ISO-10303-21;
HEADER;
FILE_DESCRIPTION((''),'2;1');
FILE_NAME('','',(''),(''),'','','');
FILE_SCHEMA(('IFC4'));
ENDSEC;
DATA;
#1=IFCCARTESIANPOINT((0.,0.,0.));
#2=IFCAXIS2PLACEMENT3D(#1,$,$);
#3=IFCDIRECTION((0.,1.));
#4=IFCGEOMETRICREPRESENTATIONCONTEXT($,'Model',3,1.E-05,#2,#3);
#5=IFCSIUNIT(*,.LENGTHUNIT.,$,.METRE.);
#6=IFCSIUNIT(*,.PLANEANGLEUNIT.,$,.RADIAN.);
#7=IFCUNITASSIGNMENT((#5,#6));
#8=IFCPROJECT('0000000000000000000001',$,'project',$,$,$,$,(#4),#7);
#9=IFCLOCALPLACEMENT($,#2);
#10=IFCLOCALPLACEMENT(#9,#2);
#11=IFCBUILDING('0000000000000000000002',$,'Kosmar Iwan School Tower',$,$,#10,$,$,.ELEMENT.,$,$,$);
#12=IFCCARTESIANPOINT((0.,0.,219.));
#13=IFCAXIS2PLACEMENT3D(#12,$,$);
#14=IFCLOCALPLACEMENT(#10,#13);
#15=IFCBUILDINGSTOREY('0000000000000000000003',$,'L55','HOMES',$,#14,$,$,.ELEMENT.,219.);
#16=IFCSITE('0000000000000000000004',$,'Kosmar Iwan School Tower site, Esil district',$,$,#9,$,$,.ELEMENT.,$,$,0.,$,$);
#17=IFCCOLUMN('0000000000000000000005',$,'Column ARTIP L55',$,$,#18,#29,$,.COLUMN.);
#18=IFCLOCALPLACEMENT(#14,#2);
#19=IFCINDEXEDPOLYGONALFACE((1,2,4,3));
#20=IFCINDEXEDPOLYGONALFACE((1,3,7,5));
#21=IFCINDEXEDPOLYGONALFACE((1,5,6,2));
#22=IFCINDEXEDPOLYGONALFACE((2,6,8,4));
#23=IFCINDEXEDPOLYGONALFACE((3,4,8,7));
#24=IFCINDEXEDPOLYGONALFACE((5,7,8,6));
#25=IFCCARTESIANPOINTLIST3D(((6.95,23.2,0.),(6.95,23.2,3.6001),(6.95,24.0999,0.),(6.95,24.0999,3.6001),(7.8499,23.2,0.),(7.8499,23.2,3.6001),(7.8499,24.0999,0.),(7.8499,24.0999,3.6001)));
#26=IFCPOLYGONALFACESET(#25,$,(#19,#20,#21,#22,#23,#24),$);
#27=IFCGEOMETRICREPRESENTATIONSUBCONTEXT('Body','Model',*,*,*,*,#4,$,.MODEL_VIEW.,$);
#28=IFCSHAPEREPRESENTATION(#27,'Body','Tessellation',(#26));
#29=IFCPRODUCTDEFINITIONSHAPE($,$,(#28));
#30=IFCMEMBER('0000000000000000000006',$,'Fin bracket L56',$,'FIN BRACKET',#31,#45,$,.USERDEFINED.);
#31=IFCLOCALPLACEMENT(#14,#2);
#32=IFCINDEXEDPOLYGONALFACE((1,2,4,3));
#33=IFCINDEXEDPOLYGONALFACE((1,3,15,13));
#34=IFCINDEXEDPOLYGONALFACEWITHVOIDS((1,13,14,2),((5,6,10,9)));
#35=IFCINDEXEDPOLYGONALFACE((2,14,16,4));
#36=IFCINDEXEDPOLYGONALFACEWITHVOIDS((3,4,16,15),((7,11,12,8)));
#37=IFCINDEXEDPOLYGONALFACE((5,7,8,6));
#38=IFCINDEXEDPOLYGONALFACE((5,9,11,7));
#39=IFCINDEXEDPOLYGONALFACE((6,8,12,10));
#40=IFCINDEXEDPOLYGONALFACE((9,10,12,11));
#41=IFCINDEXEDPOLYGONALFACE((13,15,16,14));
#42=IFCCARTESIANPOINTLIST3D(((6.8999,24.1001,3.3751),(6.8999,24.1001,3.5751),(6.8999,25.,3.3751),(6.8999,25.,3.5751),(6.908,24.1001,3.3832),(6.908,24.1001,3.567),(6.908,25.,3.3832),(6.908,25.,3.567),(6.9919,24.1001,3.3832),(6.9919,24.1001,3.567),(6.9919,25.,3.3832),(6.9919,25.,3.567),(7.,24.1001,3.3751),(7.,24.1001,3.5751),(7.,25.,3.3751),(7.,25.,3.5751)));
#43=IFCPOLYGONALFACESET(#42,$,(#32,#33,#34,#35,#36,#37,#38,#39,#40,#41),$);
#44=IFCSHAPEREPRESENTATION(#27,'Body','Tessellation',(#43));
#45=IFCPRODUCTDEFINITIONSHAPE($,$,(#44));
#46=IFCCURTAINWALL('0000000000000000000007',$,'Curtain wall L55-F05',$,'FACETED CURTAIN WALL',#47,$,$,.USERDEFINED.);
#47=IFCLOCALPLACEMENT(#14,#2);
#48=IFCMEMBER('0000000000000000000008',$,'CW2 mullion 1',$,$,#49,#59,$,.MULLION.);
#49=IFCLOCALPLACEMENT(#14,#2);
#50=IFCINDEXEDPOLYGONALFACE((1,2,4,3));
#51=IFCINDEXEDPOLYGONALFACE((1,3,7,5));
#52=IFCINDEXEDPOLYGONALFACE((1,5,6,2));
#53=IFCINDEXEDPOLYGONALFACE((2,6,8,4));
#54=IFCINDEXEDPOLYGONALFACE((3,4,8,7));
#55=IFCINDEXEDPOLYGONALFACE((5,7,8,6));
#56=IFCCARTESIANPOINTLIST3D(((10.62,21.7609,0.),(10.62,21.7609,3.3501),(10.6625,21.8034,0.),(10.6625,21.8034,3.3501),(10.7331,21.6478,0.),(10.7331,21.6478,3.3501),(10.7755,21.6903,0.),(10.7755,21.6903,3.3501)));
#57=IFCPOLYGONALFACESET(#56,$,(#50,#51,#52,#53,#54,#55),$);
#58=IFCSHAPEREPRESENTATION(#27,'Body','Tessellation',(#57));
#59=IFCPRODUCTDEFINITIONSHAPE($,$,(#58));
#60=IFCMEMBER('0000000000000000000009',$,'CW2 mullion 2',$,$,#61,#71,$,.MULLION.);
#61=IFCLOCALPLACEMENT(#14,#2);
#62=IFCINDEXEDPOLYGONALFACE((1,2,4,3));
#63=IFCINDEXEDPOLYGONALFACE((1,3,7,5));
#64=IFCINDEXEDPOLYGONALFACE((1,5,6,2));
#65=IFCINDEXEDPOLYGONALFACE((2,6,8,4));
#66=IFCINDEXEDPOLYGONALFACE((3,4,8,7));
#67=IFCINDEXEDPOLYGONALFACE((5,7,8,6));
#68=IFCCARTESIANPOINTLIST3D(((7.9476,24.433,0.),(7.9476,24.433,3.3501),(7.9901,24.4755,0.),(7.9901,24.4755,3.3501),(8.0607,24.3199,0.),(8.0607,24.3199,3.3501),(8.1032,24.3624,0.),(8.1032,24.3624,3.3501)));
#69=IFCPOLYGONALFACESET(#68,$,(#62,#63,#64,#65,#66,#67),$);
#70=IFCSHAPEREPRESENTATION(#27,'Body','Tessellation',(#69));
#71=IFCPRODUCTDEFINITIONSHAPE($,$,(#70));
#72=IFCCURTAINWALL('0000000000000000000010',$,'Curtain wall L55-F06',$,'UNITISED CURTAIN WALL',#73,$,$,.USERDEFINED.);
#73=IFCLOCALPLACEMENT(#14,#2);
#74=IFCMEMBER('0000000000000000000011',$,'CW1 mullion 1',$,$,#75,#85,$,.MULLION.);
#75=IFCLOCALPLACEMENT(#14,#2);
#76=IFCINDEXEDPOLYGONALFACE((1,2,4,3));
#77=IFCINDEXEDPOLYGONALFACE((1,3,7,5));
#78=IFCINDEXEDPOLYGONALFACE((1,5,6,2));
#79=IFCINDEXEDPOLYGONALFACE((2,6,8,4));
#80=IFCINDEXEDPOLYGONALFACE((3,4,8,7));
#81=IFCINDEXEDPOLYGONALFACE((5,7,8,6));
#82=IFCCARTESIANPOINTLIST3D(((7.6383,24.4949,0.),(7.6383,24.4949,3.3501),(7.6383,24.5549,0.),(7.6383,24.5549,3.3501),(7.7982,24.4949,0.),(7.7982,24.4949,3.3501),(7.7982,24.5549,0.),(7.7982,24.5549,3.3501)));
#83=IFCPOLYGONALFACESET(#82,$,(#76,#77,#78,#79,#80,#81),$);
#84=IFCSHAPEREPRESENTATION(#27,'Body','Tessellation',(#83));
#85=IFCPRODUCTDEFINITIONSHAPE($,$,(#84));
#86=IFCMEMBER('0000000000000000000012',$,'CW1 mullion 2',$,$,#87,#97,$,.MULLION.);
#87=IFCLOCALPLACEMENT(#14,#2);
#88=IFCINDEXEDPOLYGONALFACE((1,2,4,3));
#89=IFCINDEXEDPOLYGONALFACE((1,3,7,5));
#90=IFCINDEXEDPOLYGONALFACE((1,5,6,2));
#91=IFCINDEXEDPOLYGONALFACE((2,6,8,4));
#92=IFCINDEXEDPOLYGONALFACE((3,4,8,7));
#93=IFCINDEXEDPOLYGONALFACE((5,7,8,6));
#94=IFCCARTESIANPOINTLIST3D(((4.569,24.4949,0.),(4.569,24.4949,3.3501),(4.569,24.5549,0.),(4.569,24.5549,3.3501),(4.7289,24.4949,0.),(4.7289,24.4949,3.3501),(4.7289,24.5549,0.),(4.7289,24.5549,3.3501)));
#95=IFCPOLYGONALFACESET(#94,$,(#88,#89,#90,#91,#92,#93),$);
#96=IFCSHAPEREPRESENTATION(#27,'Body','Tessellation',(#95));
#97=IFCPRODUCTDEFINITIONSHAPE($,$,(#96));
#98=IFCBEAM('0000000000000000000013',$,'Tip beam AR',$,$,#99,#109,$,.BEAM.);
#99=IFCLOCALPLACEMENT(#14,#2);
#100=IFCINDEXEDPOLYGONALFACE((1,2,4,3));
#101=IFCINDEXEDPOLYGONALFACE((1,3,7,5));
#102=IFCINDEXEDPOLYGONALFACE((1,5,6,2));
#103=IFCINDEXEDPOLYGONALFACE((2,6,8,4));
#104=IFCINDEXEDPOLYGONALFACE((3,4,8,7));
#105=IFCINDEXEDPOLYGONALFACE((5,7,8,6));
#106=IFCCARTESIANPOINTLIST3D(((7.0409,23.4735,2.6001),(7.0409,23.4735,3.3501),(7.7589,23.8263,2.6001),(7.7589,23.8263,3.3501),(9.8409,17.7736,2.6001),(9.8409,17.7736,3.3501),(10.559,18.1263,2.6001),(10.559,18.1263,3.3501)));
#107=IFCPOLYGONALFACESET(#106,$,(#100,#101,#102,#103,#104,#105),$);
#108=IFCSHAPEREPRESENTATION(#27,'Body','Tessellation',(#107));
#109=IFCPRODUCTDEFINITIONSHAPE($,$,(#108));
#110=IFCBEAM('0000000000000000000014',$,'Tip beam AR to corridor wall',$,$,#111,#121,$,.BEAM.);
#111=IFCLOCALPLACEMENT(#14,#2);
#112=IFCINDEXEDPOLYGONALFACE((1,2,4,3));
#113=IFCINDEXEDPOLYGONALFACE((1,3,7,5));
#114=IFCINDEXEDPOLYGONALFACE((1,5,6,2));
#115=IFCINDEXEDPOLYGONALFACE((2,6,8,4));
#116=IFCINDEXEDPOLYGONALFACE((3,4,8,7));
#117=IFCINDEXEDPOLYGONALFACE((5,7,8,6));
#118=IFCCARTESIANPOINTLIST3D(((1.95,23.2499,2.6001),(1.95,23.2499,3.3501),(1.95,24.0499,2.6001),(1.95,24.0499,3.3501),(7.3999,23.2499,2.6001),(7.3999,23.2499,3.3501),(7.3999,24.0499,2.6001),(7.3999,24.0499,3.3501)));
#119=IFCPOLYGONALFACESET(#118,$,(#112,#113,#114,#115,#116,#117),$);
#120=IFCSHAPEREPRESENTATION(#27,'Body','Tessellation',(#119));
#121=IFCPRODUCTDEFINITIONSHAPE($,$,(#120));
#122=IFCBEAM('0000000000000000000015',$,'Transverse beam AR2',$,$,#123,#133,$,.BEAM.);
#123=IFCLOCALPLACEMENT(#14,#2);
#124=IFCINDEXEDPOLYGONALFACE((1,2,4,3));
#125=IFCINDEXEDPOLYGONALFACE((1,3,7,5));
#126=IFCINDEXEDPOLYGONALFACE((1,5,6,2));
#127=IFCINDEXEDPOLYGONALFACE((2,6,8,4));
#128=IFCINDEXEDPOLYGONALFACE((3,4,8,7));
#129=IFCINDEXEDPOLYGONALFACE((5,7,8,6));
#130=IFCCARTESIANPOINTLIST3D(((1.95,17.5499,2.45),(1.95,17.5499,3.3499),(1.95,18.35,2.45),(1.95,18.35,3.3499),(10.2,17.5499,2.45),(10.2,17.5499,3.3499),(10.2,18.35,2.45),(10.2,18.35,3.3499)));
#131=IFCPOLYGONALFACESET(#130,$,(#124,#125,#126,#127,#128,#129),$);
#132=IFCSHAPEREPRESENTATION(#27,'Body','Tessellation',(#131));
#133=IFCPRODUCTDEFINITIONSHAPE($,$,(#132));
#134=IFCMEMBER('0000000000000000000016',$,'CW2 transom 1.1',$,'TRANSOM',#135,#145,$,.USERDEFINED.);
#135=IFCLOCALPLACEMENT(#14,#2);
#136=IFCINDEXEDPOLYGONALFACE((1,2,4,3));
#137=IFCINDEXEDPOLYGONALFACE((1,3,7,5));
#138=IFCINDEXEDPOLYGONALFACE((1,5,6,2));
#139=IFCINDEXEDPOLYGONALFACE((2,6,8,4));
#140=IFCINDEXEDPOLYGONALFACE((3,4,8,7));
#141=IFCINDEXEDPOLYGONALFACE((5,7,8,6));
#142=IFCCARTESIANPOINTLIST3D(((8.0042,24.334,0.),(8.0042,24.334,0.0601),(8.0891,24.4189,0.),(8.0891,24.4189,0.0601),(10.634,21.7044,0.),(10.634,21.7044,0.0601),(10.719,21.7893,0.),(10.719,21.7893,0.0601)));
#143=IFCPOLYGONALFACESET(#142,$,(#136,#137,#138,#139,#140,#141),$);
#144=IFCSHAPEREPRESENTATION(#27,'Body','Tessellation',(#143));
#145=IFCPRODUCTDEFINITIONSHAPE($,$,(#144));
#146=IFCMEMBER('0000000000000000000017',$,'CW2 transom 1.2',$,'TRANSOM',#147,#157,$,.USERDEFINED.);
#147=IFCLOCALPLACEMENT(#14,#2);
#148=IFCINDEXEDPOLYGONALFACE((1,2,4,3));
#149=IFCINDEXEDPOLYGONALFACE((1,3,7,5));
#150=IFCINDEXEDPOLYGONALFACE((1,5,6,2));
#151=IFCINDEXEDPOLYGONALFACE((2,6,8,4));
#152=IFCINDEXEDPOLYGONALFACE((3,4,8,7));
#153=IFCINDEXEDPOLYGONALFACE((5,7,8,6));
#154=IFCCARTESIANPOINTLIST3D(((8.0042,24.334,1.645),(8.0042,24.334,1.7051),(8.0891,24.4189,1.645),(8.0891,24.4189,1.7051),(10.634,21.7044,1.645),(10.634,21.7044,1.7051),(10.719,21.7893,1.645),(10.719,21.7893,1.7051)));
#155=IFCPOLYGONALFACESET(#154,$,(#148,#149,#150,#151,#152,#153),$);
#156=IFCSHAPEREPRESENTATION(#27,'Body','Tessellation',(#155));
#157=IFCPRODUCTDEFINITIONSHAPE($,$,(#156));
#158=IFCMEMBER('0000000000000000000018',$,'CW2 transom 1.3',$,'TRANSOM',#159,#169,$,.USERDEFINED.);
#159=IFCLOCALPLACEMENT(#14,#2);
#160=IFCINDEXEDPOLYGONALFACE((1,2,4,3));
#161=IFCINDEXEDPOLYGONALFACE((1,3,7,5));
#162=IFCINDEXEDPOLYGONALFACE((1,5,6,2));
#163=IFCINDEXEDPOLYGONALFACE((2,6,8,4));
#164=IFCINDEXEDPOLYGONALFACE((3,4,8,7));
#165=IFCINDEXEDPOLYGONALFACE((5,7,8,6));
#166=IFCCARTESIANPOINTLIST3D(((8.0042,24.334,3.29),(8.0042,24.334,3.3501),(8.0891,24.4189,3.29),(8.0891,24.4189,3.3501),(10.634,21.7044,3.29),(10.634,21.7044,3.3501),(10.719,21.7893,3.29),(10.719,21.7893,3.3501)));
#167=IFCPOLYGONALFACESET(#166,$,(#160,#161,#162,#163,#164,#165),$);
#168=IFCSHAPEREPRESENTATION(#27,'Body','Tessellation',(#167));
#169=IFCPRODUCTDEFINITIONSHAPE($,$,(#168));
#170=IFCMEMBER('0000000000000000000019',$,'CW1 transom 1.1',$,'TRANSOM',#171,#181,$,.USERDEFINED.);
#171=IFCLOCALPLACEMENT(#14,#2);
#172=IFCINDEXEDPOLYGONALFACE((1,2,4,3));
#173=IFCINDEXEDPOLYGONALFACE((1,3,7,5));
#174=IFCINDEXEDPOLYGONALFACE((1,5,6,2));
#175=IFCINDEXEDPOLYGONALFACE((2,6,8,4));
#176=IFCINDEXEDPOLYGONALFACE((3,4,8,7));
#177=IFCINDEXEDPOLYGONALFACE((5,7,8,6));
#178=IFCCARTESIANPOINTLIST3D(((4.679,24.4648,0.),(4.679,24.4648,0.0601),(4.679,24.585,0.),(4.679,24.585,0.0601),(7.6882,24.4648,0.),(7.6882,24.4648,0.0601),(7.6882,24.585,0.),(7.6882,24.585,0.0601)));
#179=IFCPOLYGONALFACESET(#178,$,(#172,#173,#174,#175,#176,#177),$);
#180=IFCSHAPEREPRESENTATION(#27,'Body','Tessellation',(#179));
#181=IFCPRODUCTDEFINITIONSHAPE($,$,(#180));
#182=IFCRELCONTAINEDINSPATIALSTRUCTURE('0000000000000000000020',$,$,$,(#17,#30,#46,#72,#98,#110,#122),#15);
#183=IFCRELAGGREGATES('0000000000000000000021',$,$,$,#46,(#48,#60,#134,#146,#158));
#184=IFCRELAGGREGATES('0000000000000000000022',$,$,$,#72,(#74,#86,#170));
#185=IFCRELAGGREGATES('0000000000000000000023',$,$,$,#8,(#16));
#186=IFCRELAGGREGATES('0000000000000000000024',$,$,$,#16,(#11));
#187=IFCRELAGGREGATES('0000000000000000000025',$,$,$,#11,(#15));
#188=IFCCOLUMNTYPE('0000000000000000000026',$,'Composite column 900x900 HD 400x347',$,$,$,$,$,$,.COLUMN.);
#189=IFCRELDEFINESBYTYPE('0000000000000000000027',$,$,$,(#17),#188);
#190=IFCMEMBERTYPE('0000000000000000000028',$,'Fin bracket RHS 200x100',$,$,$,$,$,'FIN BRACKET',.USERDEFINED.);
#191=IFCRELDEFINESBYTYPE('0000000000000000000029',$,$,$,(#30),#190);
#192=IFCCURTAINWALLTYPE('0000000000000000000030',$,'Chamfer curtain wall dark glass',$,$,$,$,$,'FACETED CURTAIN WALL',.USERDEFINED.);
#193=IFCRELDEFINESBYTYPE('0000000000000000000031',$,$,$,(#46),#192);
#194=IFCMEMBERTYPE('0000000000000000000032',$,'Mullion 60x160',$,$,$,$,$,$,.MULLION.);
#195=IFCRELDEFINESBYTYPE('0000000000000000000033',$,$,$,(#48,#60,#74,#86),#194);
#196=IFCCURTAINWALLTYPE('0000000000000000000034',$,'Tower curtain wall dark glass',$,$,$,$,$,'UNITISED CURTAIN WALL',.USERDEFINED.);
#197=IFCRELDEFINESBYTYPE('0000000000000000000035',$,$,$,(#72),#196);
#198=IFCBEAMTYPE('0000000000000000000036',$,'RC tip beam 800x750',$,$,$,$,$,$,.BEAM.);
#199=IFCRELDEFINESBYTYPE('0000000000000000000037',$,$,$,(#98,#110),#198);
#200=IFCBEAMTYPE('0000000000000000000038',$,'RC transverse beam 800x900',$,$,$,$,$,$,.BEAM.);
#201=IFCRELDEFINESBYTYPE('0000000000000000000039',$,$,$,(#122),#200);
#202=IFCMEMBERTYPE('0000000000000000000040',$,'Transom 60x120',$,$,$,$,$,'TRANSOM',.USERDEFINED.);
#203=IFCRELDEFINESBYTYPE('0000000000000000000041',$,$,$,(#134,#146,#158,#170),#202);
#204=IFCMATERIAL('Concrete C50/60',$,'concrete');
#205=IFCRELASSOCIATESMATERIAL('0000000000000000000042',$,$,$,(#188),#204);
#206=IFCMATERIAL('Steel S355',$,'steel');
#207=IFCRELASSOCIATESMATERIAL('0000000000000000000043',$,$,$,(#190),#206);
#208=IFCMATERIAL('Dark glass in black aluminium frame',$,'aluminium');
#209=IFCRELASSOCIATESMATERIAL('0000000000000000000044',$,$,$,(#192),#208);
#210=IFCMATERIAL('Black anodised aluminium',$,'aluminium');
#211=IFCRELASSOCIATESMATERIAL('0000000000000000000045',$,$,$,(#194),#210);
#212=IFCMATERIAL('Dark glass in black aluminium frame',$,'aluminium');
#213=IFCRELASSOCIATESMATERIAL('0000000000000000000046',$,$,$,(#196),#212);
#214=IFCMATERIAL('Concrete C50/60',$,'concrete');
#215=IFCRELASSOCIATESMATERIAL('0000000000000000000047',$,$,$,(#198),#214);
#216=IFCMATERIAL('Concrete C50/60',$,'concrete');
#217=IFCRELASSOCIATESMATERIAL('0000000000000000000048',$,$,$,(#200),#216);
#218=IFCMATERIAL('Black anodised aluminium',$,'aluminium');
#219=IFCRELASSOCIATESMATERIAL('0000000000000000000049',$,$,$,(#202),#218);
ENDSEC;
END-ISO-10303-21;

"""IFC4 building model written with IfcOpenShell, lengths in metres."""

from ifc_helpers import new_model, si_unit, direction, frame, origin, origin_2d, place, context, subcontext, project, spatial, rectangle, hollow_rectangle, extrude, material, material_profile, profile_set, type_object, element, aggregate, save


model = new_model("IFC4")

# Units and contexts
model_context = context("Model", 3, precision=1e-05, world=origin(), true_north=direction((0.0, 1.0)))
body_context = subcontext(model_context, "Body", "Model", "MODEL_VIEW")
ifc_project = project(units=[si_unit("LENGTHUNIT", "METRE"), si_unit("PLANEANGLEUNIT", "RADIAN")], contexts=[model_context])

# Site, building, storey
site_placement = place(None, origin())
site = spatial("IfcSite", under=ifc_project, at=site_placement, Name="Kosmar Iwan School Tower site, Esil district", CompositionType="ELEMENT", RefElevation=0.0)
building_placement = place(site_placement, origin())
building = spatial("IfcBuilding", under=site, at=building_placement, Name="Kosmar Iwan School Tower", CompositionType="ELEMENT")
storey_placement = place(building_placement, frame((0.0, 0.0, 219.0)))
storey = spatial("IfcBuildingStorey", under=building, at=storey_placement, Name="L55", Description="HOMES", CompositionType="ELEMENT", Elevation=219.0)

# Column
ifc_material_1 = material(Name="Concrete C50/60", Category="concrete")
ifc_material_profile_1 = material_profile(ifc_material_1, rectangle(XDim=0.8999, YDim=0.8999, at=origin_2d()), Name="RC 900x900 + HD 400x347")
ifc_profile_set_1 = profile_set([ifc_material_profile_1], Name="Concrete C50/60")
column_type = type_object("IfcColumnType", Name="Composite column 900x900 HD 400x347", PredefinedType="COLUMN", material=ifc_profile_set_1)
column_placement = place(storey_placement, frame((7.3999, 23.6499, 0.0), z_axis=(0.0, 0.0, 1.0), x_axis=(0.0, 1.0, 0.0)))
element("IfcColumn", 1, at=column_placement, inside=storey, type_object=column_type, Name="Column ARTIP L55", PredefinedType="COLUMN", context=body_context, shape_type="SweptSolid", body=[
    extrude(rectangle(XDim=0.8999, YDim=0.8999, at=origin_2d()), origin(), (0.0, 0.0, 1.0), 3.6001),
])

# Member
ifc_material_2 = material(Name="Steel S355", Category="steel")
ifc_material_profile_2 = material_profile(ifc_material_2, hollow_rectangle(XDim=0.1001, YDim=0.2, WallThickness=0.0081, at=origin_2d()), Name="RHS 200x100x8")
ifc_profile_set_2 = profile_set([ifc_material_profile_2], Name="Steel S355")
member_type_1 = type_object("IfcMemberType", Name="Fin bracket RHS 200x100", ElementType="FIN BRACKET", PredefinedType="USERDEFINED", material=ifc_profile_set_2)
member_1_placement = place(storey_placement, frame((6.95, 24.1001, 3.4751), z_axis=(0.0, 1.0, 0.0), x_axis=(-1.0, 0.0, 0.0)))
element("IfcMember", 2, at=member_1_placement, inside=storey, type_object=member_type_1, Name="Fin bracket L56", ObjectType="FIN BRACKET", PredefinedType="USERDEFINED", context=body_context, shape_type="SweptSolid", body=[
    extrude(hollow_rectangle(XDim=0.1001, YDim=0.2, WallThickness=0.0081, at=origin_2d()), origin(), (0.0, 0.0, 1.0), 0.8999),
])

# Curtain walls, members
ifc_material_3 = material(Name="Dark glass in black aluminium frame", Category="aluminium")
curtain_wall_type_1 = type_object("IfcCurtainWallType", Name="Chamfer curtain wall dark glass", ElementType="FACETED CURTAIN WALL", PredefinedType="USERDEFINED", material=ifc_material_3)
curtain_wall_1_placement = place(storey_placement, origin())
curtain_wall_1 = element("IfcCurtainWall", 3, at=curtain_wall_1_placement, inside=storey, type_object=curtain_wall_type_1, Name="Curtain wall L55-F05", ObjectType="FACETED CURTAIN WALL", PredefinedType="USERDEFINED")
ifc_material_4 = material(Name="Black anodised aluminium", Category="aluminium")
ifc_material_profile_3 = material_profile(ifc_material_4, rectangle(XDim=0.0601, YDim=0.1599, at=origin_2d()), Name="MULLION 60x160")
ifc_profile_set_3 = profile_set([ifc_material_profile_3], Name="Black anodised aluminium")
member_type_2 = type_object("IfcMemberType", Name="Mullion 60x160", PredefinedType="MULLION", material=ifc_profile_set_3)
member_2_placement = place(storey_placement, frame((10.6978, 21.7256, 0.0), z_axis=(0.0, 0.0, 1.0), x_axis=(-0.707107, -0.707107, 0.0)))
member_2 = element("IfcMember", 4, at=member_2_placement, type_object=member_type_2, Name="CW2 mullion 1", PredefinedType="MULLION", context=body_context, shape_type="SweptSolid", body=[
    extrude(rectangle(XDim=0.0601, YDim=0.1599, at=origin_2d()), origin(), (0.0, 0.0, 1.0), 3.3501),
])
member_3_placement = place(storey_placement, frame((8.0254, 24.3977, 0.0), z_axis=(0.0, 0.0, 1.0), x_axis=(-0.707107, -0.707107, 0.0)))
member_3 = element("IfcMember", 5, at=member_3_placement, type_object=member_type_2, Name="CW2 mullion 2", PredefinedType="MULLION", context=body_context, shape_type="SweptSolid", body=[
    extrude(rectangle(XDim=0.0601, YDim=0.1599, at=origin_2d()), origin(), (0.0, 0.0, 1.0), 3.3501),
])
ifc_material_5 = material(Name="Dark glass in black aluminium frame", Category="aluminium")
curtain_wall_type_2 = type_object("IfcCurtainWallType", Name="Tower curtain wall dark glass", ElementType="UNITISED CURTAIN WALL", PredefinedType="USERDEFINED", material=ifc_material_5)
curtain_wall_2_placement = place(storey_placement, origin())
curtain_wall_2 = element("IfcCurtainWall", 6, at=curtain_wall_2_placement, inside=storey, type_object=curtain_wall_type_2, Name="Curtain wall L55-F06", ObjectType="UNITISED CURTAIN WALL", PredefinedType="USERDEFINED")
member_4_placement = place(storey_placement, frame((7.7183, 24.5249, 0.0), z_axis=(0.0, 0.0, 1.0), x_axis=(0.0, -1.0, 0.0)))
member_4 = element("IfcMember", 7, at=member_4_placement, type_object=member_type_2, Name="CW1 mullion 1", PredefinedType="MULLION", context=body_context, shape_type="SweptSolid", body=[
    extrude(rectangle(XDim=0.0601, YDim=0.1599, at=origin_2d()), origin(), (0.0, 0.0, 1.0), 3.3501),
])
member_5_placement = place(storey_placement, frame((4.6489, 24.5249, 0.0), z_axis=(0.0, 0.0, 1.0), x_axis=(0.0, -1.0, 0.0)))
member_5 = element("IfcMember", 8, at=member_5_placement, type_object=member_type_2, Name="CW1 mullion 2", PredefinedType="MULLION", context=body_context, shape_type="SweptSolid", body=[
    extrude(rectangle(XDim=0.0601, YDim=0.1599, at=origin_2d()), origin(), (0.0, 0.0, 1.0), 3.3501),
])

# Beams
ifc_material_6 = material(Name="Concrete C50/60", Category="concrete")
ifc_material_profile_4 = material_profile(ifc_material_6, rectangle(XDim=0.8, YDim=0.75, at=origin_2d()), Name="RC 800x750")
ifc_profile_set_4 = profile_set([ifc_material_profile_4], Name="Concrete C50/60")
beam_type_1 = type_object("IfcBeamType", Name="RC tip beam 800x750", PredefinedType="BEAM", material=ifc_profile_set_4)
beam_1_placement = place(storey_placement, frame((10.2, 17.95, 2.9751), z_axis=(-0.440913, 0.89755, 0.0), x_axis=(-0.89755, -0.440913, 0.0)))
element("IfcBeam", 9, at=beam_1_placement, inside=storey, type_object=beam_type_1, Name="Tip beam AR", PredefinedType="BEAM", context=body_context, shape_type="SweptSolid", body=[
    extrude(rectangle(XDim=0.8, YDim=0.75, at=origin_2d()), origin(), (0.0, 0.0, 1.0), 6.3506),
])
beam_2_placement = place(storey_placement, frame((7.3999, 23.6499, 2.9751), z_axis=(-1.0, 0.0, 0.0), x_axis=(0.0, -1.0, 0.0)))
element("IfcBeam", 10, at=beam_2_placement, inside=storey, type_object=beam_type_1, Name="Tip beam AR to corridor wall", PredefinedType="BEAM", context=body_context, shape_type="SweptSolid", body=[
    extrude(rectangle(XDim=0.8, YDim=0.75, at=origin_2d()), origin(), (0.0, 0.0, 1.0), 5.45),
])
ifc_material_7 = material(Name="Concrete C50/60", Category="concrete")
ifc_material_profile_5 = material_profile(ifc_material_7, rectangle(XDim=0.8, YDim=0.8999, at=origin_2d()), Name="RC 800x900")
ifc_profile_set_5 = profile_set([ifc_material_profile_5], Name="Concrete C50/60")
beam_type_2 = type_object("IfcBeamType", Name="RC transverse beam 800x900", PredefinedType="BEAM", material=ifc_profile_set_5)
beam_3_placement = place(storey_placement, frame((10.2, 17.95, 2.8999), z_axis=(-1.0, 0.0, 0.0), x_axis=(0.0, -1.0, 0.0)))
element("IfcBeam", 11, at=beam_3_placement, inside=storey, type_object=beam_type_2, Name="Transverse beam AR2", PredefinedType="BEAM", context=body_context, shape_type="SweptSolid", body=[
    extrude(rectangle(XDim=0.8, YDim=0.8999, at=origin_2d()), origin(), (0.0, 0.0, 1.0), 8.25),
])

# Members
ifc_material_8 = material(Name="Black anodised aluminium", Category="aluminium")
ifc_material_profile_6 = material_profile(ifc_material_8, rectangle(XDim=0.1201, YDim=0.0601, at=origin_2d()), Name="TRANSOM 60x120")
ifc_profile_set_6 = profile_set([ifc_material_profile_6], Name="Black anodised aluminium")
member_type_3 = type_object("IfcMemberType", Name="Transom 60x120", ElementType="TRANSOM", PredefinedType="USERDEFINED", material=ifc_profile_set_6)
member_6_placement = place(storey_placement, frame((10.6765, 21.7468, 0.03), z_axis=(-0.70714, 0.707074, 0.0), x_axis=(-0.707074, -0.70714, 0.0)))
member_6 = element("IfcMember", 12, at=member_6_placement, type_object=member_type_3, Name="CW2 transom 1.1", ObjectType="TRANSOM", PredefinedType="USERDEFINED", context=body_context, shape_type="SweptSolid", body=[
    extrude(rectangle(XDim=0.1201, YDim=0.0601, at=origin_2d()), origin(), (0.0, 0.0, 1.0), 3.719),
])
member_7_placement = place(storey_placement, frame((10.6765, 21.7468, 1.675), z_axis=(-0.70714, 0.707074, 0.0), x_axis=(-0.707074, -0.70714, 0.0)))
member_7 = element("IfcMember", 13, at=member_7_placement, type_object=member_type_3, Name="CW2 transom 1.2", ObjectType="TRANSOM", PredefinedType="USERDEFINED", context=body_context, shape_type="SweptSolid", body=[
    extrude(rectangle(XDim=0.1201, YDim=0.0601, at=origin_2d()), origin(), (0.0, 0.0, 1.0), 3.719),
])
member_8_placement = place(storey_placement, frame((10.6765, 21.7468, 3.3201), z_axis=(-0.70714, 0.707074, 0.0), x_axis=(-0.707074, -0.70714, 0.0)))
member_8 = element("IfcMember", 14, at=member_8_placement, type_object=member_type_3, Name="CW2 transom 1.3", ObjectType="TRANSOM", PredefinedType="USERDEFINED", context=body_context, shape_type="SweptSolid", body=[
    extrude(rectangle(XDim=0.1201, YDim=0.0601, at=origin_2d()), origin(), (0.0, 0.0, 1.0), 3.719),
])
member_9_placement = place(storey_placement, frame((7.6882, 24.5249, 0.03), z_axis=(-1.0, 0.0, 0.0), x_axis=(0.0, -1.0, 0.0)))
member_9 = element("IfcMember", 15, at=member_9_placement, type_object=member_type_3, Name="CW1 transom 1.1", ObjectType="TRANSOM", PredefinedType="USERDEFINED", context=body_context, shape_type="SweptSolid", body=[
    extrude(rectangle(XDim=0.1201, YDim=0.0601, at=origin_2d()), origin(), (0.0, 0.0, 1.0), 3.0093),
])

aggregate(curtain_wall_1, [member_2, member_3, member_6, member_7, member_8])
aggregate(curtain_wall_2, [member_4, member_5, member_9])

save(model, "model.ifc")
